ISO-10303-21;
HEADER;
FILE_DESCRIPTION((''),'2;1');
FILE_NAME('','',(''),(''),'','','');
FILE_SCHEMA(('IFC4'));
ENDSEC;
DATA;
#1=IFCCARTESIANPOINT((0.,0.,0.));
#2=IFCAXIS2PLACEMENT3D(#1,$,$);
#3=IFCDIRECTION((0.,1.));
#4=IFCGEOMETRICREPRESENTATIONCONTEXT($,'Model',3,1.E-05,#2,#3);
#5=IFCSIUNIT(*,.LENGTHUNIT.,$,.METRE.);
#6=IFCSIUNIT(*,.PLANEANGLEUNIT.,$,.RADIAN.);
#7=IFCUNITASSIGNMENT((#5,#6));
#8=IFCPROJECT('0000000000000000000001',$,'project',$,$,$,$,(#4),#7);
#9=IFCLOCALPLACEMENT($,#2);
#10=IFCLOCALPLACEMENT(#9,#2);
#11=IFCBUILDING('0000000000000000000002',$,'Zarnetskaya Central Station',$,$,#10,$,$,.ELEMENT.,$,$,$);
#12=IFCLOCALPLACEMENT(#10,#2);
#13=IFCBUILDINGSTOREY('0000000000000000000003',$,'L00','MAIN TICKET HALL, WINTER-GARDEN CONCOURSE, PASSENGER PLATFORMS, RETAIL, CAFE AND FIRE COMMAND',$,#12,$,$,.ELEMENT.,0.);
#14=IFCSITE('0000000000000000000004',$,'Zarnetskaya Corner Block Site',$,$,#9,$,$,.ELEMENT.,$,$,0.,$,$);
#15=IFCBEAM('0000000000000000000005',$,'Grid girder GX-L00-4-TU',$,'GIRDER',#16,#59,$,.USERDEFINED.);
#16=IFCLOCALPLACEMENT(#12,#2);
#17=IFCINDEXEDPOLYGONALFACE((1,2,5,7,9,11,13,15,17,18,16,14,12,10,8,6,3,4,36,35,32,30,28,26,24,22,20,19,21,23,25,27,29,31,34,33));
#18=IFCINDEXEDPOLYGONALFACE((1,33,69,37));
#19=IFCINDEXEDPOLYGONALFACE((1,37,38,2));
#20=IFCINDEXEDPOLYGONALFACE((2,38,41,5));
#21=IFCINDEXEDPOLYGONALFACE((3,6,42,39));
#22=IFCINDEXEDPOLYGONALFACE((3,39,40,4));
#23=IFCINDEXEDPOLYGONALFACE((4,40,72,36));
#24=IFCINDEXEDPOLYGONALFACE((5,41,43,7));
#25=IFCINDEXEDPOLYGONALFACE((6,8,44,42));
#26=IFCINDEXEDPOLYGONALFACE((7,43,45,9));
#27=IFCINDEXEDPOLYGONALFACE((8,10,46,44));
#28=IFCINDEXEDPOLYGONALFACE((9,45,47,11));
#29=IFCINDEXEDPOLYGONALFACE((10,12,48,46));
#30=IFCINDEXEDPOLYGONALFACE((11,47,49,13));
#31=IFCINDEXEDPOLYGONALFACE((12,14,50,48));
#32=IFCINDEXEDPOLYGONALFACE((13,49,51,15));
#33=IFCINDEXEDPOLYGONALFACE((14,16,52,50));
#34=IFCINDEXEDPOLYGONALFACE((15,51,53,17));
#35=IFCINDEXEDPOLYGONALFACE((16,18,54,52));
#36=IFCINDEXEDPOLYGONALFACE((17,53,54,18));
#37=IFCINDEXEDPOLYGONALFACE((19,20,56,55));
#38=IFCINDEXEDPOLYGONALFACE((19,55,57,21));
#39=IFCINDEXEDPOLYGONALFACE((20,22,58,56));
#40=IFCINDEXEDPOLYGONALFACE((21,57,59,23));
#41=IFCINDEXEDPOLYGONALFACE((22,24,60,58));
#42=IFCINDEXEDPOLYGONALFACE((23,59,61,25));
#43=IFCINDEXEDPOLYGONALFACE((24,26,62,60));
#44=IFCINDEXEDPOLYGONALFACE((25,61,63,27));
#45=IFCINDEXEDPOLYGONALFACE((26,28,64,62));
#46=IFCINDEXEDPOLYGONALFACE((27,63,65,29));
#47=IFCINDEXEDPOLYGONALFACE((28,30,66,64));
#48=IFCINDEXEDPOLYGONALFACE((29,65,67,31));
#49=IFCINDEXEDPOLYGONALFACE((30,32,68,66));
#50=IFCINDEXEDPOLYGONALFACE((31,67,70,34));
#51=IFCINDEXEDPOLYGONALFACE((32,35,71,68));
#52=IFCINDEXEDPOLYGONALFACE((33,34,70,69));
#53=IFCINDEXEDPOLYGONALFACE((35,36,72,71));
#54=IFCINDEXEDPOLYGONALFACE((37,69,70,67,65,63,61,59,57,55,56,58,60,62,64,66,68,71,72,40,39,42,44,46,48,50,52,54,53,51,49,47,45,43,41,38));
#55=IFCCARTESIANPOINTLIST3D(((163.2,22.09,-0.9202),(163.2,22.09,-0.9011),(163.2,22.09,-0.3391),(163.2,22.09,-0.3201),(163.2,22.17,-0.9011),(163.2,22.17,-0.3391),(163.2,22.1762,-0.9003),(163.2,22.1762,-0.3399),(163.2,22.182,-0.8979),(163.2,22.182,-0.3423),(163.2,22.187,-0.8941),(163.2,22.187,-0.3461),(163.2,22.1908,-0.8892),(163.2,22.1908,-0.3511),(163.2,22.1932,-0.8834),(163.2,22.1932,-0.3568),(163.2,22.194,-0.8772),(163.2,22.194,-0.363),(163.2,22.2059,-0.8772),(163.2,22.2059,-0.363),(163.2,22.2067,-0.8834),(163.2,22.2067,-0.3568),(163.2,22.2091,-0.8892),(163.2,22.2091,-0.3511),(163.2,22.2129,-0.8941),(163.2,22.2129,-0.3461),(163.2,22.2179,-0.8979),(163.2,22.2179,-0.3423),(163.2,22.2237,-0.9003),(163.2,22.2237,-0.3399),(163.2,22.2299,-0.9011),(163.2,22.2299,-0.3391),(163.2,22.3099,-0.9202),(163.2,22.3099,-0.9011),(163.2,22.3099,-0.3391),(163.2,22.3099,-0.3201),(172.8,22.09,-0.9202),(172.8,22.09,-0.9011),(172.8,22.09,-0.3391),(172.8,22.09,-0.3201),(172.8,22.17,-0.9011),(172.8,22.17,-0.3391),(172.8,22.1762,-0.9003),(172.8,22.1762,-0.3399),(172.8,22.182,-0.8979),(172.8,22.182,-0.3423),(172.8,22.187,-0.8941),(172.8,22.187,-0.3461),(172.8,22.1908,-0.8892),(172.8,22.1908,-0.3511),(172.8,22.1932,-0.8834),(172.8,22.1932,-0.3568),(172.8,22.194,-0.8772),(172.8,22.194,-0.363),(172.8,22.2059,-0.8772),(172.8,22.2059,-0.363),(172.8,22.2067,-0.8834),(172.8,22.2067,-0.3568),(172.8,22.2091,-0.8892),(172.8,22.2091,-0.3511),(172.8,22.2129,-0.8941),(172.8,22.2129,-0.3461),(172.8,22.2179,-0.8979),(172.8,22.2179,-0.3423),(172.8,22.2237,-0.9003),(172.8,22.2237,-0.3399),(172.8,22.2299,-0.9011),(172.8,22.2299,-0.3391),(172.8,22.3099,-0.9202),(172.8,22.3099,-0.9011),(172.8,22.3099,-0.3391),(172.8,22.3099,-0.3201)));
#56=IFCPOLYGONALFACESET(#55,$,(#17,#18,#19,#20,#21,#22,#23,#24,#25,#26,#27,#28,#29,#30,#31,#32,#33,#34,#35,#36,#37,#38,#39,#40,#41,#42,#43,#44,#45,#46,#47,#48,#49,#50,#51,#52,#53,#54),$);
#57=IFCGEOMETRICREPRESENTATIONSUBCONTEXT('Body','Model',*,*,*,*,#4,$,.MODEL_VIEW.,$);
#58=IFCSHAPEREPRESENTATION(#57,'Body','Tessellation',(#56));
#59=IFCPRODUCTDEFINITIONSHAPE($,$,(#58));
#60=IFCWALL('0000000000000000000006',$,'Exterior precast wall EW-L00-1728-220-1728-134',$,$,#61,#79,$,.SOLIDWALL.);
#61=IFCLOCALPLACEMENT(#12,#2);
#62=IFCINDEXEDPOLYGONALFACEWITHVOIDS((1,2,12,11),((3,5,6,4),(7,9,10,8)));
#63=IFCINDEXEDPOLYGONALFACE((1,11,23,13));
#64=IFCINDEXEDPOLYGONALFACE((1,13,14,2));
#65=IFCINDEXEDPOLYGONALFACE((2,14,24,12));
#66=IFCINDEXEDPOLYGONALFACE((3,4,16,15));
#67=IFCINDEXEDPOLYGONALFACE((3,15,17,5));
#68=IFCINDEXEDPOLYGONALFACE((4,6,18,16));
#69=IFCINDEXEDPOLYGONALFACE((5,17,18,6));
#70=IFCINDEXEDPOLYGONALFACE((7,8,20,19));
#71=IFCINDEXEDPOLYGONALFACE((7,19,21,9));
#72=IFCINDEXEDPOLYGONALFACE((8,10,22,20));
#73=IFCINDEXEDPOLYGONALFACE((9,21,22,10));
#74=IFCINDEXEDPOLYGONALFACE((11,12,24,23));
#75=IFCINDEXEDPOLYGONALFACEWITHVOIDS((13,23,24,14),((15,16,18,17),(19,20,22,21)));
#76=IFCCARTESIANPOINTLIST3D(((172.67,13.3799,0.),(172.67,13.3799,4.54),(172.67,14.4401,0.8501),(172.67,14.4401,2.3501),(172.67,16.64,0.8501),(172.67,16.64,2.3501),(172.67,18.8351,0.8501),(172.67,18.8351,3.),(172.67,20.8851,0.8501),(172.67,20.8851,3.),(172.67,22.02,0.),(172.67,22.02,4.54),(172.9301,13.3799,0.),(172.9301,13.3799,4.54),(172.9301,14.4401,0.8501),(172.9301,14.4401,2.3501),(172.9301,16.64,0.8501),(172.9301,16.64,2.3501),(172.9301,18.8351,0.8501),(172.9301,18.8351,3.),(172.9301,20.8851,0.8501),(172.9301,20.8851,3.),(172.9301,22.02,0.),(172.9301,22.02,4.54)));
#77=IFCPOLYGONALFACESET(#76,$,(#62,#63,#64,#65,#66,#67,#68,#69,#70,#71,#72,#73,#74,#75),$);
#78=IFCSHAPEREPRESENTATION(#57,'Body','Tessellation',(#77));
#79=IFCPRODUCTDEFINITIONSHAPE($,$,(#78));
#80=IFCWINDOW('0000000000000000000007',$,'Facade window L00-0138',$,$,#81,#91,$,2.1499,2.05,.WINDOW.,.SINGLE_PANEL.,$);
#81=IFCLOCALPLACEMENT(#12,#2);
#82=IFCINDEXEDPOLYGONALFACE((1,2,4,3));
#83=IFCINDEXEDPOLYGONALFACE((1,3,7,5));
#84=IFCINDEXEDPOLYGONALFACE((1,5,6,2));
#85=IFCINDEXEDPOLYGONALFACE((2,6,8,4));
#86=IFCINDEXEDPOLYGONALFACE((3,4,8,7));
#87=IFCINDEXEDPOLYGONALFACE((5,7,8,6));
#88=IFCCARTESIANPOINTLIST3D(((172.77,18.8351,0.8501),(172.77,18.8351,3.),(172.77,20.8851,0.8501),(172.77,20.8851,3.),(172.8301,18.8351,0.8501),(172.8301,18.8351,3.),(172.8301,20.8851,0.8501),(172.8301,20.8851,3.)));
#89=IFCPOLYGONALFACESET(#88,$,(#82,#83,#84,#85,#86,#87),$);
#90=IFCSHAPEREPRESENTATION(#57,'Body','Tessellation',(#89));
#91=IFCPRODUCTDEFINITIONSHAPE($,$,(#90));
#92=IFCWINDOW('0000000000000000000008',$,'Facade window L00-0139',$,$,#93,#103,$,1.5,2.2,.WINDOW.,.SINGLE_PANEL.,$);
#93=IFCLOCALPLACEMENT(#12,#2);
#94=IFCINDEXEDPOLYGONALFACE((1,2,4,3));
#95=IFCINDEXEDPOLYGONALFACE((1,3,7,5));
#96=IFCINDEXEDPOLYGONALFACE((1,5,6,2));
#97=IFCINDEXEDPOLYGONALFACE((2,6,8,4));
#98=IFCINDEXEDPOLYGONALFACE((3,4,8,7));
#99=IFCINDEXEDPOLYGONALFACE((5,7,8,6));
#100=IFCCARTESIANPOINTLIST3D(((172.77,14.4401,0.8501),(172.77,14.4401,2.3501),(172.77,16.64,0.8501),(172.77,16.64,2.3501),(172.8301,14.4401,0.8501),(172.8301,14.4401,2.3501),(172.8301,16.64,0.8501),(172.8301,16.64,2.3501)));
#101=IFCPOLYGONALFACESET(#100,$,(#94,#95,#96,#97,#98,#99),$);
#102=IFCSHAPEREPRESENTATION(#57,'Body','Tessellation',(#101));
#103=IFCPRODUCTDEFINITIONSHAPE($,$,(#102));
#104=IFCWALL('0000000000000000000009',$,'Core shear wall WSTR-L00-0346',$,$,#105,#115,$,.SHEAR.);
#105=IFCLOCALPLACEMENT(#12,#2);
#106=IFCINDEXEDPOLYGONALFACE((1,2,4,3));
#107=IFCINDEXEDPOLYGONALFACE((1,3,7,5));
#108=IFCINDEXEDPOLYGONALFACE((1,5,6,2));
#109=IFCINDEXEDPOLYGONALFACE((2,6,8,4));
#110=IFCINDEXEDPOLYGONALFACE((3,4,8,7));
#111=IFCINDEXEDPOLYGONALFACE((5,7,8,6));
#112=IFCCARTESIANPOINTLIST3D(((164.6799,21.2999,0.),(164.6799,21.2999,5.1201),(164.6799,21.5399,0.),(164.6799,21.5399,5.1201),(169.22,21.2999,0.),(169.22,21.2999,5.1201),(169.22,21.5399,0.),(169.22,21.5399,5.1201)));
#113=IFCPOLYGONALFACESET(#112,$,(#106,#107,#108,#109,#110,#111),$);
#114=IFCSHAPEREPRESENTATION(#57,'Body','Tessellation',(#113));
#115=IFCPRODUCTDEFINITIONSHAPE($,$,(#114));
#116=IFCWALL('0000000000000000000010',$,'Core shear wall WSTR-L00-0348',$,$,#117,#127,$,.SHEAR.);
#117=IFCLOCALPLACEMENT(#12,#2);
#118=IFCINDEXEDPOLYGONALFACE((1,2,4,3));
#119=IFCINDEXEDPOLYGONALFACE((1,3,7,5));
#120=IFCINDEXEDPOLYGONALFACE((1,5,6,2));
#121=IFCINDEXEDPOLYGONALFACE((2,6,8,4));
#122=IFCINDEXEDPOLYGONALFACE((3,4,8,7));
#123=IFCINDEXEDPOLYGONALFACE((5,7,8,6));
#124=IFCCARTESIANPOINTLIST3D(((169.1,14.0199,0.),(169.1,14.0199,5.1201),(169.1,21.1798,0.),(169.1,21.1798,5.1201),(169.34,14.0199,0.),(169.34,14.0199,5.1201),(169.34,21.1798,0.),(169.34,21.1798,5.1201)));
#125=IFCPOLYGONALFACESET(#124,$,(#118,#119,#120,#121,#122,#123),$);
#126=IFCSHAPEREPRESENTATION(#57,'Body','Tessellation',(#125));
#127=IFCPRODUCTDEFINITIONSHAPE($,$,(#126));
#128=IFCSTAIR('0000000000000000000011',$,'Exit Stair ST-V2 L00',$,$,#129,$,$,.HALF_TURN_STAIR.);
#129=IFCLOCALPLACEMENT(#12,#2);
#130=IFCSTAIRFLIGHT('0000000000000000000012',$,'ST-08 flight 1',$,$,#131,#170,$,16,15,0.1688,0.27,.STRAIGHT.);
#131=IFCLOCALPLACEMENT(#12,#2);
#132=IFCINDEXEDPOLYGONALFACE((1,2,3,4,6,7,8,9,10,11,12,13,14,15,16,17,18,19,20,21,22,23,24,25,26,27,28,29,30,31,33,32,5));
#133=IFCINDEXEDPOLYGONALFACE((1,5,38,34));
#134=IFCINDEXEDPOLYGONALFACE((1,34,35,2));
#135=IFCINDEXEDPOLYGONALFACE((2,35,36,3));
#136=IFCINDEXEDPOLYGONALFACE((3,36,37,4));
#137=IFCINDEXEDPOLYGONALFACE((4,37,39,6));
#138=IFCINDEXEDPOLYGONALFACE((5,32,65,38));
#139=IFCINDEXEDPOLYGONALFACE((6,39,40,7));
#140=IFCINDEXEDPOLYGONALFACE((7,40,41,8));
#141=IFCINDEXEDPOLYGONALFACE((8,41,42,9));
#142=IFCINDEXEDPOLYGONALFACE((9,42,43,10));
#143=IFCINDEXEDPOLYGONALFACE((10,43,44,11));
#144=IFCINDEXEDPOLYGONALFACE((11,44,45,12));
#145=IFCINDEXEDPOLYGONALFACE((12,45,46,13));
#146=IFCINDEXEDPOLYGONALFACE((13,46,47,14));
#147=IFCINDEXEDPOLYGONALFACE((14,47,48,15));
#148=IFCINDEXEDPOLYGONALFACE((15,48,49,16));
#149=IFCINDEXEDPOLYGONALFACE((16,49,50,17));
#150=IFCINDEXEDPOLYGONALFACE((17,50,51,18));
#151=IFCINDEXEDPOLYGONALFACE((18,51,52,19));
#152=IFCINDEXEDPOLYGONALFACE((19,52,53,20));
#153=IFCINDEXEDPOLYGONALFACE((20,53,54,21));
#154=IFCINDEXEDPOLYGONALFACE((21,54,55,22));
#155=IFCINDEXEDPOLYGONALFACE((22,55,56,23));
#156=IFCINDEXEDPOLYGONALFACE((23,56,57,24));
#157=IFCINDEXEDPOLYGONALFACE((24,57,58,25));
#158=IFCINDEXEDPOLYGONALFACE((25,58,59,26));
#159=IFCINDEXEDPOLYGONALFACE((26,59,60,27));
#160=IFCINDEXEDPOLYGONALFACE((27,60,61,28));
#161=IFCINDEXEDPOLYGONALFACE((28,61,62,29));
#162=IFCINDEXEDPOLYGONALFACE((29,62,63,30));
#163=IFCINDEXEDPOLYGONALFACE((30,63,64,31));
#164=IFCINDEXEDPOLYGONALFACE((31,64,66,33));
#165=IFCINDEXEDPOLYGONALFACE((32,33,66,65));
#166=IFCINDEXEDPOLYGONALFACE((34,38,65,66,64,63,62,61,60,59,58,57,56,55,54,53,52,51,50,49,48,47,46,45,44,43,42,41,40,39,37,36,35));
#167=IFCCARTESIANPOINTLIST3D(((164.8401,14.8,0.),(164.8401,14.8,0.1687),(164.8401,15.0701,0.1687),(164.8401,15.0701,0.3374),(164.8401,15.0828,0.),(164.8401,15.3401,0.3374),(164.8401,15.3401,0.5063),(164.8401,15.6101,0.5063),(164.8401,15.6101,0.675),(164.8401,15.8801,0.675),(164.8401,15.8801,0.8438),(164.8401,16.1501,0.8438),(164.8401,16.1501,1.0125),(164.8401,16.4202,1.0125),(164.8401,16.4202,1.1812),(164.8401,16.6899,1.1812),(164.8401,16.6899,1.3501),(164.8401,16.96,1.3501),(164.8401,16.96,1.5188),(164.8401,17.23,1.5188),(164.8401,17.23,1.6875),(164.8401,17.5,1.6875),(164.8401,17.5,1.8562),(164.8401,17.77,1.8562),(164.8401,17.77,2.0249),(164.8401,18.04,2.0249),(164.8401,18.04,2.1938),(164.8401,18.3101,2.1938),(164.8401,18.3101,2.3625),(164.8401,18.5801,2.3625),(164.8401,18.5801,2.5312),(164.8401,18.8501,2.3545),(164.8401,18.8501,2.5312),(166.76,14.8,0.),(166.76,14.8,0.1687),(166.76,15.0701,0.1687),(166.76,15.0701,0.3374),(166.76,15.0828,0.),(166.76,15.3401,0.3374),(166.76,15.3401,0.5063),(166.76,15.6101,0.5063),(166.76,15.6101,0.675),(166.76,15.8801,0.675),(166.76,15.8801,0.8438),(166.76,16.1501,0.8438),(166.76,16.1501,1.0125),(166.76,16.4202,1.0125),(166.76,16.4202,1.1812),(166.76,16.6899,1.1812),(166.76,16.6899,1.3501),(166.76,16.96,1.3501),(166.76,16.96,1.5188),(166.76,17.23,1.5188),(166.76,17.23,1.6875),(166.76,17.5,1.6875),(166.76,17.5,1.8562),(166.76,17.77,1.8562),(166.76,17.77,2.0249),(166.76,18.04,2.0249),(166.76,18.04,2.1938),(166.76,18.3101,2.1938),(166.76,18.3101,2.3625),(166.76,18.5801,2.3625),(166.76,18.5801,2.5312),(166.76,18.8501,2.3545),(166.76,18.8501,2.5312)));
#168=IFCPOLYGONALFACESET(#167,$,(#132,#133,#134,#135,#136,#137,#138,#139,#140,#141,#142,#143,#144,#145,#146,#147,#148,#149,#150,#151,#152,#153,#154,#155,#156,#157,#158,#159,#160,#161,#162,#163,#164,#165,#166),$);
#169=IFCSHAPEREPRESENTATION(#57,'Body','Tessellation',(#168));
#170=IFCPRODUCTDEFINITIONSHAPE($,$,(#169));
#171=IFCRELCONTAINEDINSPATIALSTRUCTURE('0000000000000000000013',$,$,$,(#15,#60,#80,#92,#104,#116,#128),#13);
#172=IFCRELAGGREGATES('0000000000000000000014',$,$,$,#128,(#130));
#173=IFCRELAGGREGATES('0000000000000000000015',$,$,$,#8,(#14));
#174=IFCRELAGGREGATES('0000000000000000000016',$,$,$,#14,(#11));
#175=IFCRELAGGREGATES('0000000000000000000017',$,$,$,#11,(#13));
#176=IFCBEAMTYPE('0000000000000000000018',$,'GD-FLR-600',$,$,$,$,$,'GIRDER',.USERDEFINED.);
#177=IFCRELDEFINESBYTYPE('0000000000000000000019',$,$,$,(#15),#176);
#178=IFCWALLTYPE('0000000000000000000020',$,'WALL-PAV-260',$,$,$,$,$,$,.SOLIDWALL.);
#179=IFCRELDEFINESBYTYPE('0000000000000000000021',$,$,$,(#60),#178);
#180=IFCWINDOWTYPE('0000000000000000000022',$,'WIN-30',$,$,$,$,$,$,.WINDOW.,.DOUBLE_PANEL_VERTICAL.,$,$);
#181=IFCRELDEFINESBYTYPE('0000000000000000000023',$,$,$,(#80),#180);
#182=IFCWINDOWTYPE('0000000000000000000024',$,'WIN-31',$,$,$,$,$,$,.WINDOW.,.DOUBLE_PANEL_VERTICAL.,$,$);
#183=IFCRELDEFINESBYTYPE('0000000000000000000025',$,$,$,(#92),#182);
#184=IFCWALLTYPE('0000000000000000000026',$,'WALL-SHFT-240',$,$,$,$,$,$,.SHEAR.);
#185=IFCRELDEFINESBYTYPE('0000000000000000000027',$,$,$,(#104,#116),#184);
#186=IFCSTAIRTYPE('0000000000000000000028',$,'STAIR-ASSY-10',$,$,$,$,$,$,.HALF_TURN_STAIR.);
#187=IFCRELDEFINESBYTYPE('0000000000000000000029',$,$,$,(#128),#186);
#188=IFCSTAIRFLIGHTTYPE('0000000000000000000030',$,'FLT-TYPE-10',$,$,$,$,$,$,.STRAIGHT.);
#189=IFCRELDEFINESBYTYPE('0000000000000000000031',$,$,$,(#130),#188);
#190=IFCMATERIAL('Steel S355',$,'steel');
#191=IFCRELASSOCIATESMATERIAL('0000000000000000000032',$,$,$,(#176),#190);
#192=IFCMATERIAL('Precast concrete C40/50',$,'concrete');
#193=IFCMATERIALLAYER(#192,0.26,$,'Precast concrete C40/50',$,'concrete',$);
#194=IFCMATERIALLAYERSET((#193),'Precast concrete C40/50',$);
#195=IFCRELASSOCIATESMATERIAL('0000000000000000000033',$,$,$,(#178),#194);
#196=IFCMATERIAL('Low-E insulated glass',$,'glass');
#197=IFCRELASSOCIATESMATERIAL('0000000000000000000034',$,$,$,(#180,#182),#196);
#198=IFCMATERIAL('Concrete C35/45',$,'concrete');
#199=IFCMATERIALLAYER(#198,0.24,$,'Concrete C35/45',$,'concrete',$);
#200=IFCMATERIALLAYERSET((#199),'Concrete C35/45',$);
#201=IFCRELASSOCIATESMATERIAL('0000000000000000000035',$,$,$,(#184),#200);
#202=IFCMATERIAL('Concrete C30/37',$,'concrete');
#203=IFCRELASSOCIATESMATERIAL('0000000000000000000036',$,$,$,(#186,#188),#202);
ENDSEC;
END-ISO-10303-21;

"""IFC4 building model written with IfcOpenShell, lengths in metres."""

from ifc_helpers import new_model, si_unit, direction, frame, frame_2d, origin, origin_2d, place, context, subcontext, project, spatial, polyline, rectangle, i_section, outline, extrude, material, layer, layer_set, material_profile, profile_set, type_object, element, fill, aggregate, save


model = new_model("IFC4")

# Units and contexts
model_context = context("Model", 3, precision=1e-05, world=origin(), true_north=direction((0.0, 1.0)))
body_context = subcontext(model_context, "Body", "Model", "MODEL_VIEW")
ifc_project = project(units=[si_unit("LENGTHUNIT", "METRE"), si_unit("PLANEANGLEUNIT", "RADIAN")], contexts=[model_context])

# Site, building, storey
site_placement = place(None, origin())
site = spatial("IfcSite", under=ifc_project, at=site_placement, Name="Zarnetskaya Corner Block Site", CompositionType="ELEMENT", RefElevation=0.0)
building_placement = place(site_placement, origin())
building = spatial("IfcBuilding", under=site, at=building_placement, Name="Zarnetskaya Central Station", CompositionType="ELEMENT")
storey_placement = place(building_placement, origin())
storey = spatial("IfcBuildingStorey", under=building, at=storey_placement, Name="L00", Description="MAIN TICKET HALL, WINTER-GARDEN CONCOURSE, PASSENGER PLATFORMS, RETAIL, CAFE AND FIRE COMMAND", CompositionType="ELEMENT", Elevation=0.0)

# Shared definitions
ifc_material_1 = material(Name="Steel S355", Category="steel")

# Shared definitions
ifc_material_2 = material(Name="Low-E insulated glass", Category="glass")

# Beam
ifc_material_profile_1 = material_profile(ifc_material_1, i_section(OverallWidth=0.22, OverallDepth=0.6001, WebThickness=0.012, FlangeThickness=0.019, FilletRadius=0.0239, at=origin_2d()), Name="IPE 600")
ifc_profile_set_1 = profile_set([ifc_material_profile_1], Name="Steel S355")
beam_type_1 = type_object("IfcBeamType", Name="GD-FLR-600", ElementType="GIRDER", PredefinedType="USERDEFINED", material=ifc_profile_set_1)
beam_placement = place(storey_placement, frame((163.2, 22.2, -0.6201), z_axis=(1.0, 0.0, 0.0), x_axis=(0.0, 1.0, 0.0)))
element("IfcBeam", 1, at=beam_placement, inside=storey, type_object=beam_type_1, Name="Grid girder GX-L00-4-TU", ObjectType="GIRDER", PredefinedType="USERDEFINED", context=body_context, shape_type="SweptSolid", body=[
    extrude(i_section(OverallWidth=0.22, OverallDepth=0.6001, WebThickness=0.012, FlangeThickness=0.019, FilletRadius=0.0239, at=origin_2d()), origin(), (0.0, 0.0, 1.0), 9.6001),
])

# Wall, openings, windows
ifc_material_3 = material(Name="Precast concrete C40/50", Category="concrete")
ifc_layer_1 = layer(ifc_material_3, 0.26, Name="Precast concrete C40/50", Category="concrete")
ifc_layer_set_1 = layer_set([ifc_layer_1], Name="Precast concrete C40/50")
wall_type_1 = type_object("IfcWallType", Name="WALL-PAV-260", PredefinedType="SOLIDWALL", material=ifc_layer_set_1)
wall_1_placement = place(storey_placement, frame((172.8, 22.02, 0.0), z_axis=(0.0, 0.0, 1.0), x_axis=(0.0, -1.0, 0.0)))
wall_1 = element("IfcWall", 2, at=wall_1_placement, inside=storey, type_object=wall_type_1, Name="Exterior precast wall EW-L00-1728-220-1728-134", PredefinedType="SOLIDWALL", context=body_context, shape_type="SweptSolid", body=[
    extrude(rectangle(XDim=8.6401, YDim=0.26, at=frame_2d((4.3201, 0.0))), origin(), (0.0, 0.0, 1.0), 4.54),
])
opening_1_placement = place(wall_1_placement, frame((1.135, 0.0, 0.8501)))
opening_1 = element("IfcOpeningElement", 3, at=opening_1_placement, cuts=wall_1, PredefinedType="OPENING", context=body_context, shape_type="SweptSolid", body=[
    extrude(rectangle(XDim=2.05, YDim=2.1499, at=frame_2d((1.0249, 1.075))), frame((0.0, 0.1401, 0.0), z_axis=(0.0, -1.0, 0.0), x_axis=(1.0, 0.0, 0.0)), (0.0, 0.0, 1.0), 0.28),
])
opening_2_placement = place(wall_1_placement, frame((5.3799, 0.0, 0.8501)))
opening_2 = element("IfcOpeningElement", 4, at=opening_2_placement, cuts=wall_1, PredefinedType="OPENING", context=body_context, shape_type="SweptSolid", body=[
    extrude(rectangle(XDim=2.2, YDim=1.5, at=frame_2d((1.1001, 0.75))), frame((0.0, 0.1401, 0.0), z_axis=(0.0, -1.0, 0.0), x_axis=(1.0, 0.0, 0.0)), (0.0, 0.0, 1.0), 0.28),
])
window_type_1 = type_object("IfcWindowType", Name="WIN-30", PartitioningType="DOUBLE_PANEL_VERTICAL", PredefinedType="WINDOW", material=ifc_material_2)
window_1_placement = place(opening_1_placement, origin())
window_1 = element("IfcWindow", 5, at=window_1_placement, inside=storey, type_object=window_type_1, Name="Facade window L00-0138", OverallHeight=2.1499, OverallWidth=2.05, PartitioningType="SINGLE_PANEL", PredefinedType="WINDOW", context=body_context, shape_type="SweptSolid", body=[
    extrude(rectangle(XDim=2.05, YDim=2.1499, at=frame_2d((1.0249, 1.075))), frame((0.0, 0.03, 0.0), z_axis=(0.0, -1.0, 0.0), x_axis=(1.0, 0.0, 0.0)), (0.0, 0.0, 1.0), 0.0601),
])
fill(opening_1, window_1)
window_type_2 = type_object("IfcWindowType", Name="WIN-31", PartitioningType="DOUBLE_PANEL_VERTICAL", PredefinedType="WINDOW", material=ifc_material_2)
window_2_placement = place(opening_2_placement, origin())
window_2 = element("IfcWindow", 6, at=window_2_placement, inside=storey, type_object=window_type_2, Name="Facade window L00-0139", OverallHeight=1.5, OverallWidth=2.2, PartitioningType="SINGLE_PANEL", PredefinedType="WINDOW", context=body_context, shape_type="SweptSolid", body=[
    extrude(rectangle(XDim=2.2, YDim=1.5, at=frame_2d((1.1001, 0.75))), frame((0.0, 0.03, 0.0), z_axis=(0.0, -1.0, 0.0), x_axis=(1.0, 0.0, 0.0)), (0.0, 0.0, 1.0), 0.0601),
])
fill(opening_2, window_2)

# Walls
ifc_material_4 = material(Name="Concrete C35/45", Category="concrete")
ifc_layer_2 = layer(ifc_material_4, 0.24, Name="Concrete C35/45", Category="concrete")
ifc_layer_set_2 = layer_set([ifc_layer_2], Name="Concrete C35/45")
wall_type_2 = type_object("IfcWallType", Name="WALL-SHFT-240", PredefinedType="SHEAR", material=ifc_layer_set_2)
wall_2_placement = place(storey_placement, frame((164.6799, 21.4199, 0.0), z_axis=(0.0, 0.0, 1.0), x_axis=(1.0, 0.0, 0.0)))
element("IfcWall", 7, at=wall_2_placement, inside=storey, type_object=wall_type_2, Name="Core shear wall WSTR-L00-0346", PredefinedType="SHEAR", context=body_context, shape_type="SweptSolid", body=[
    extrude(rectangle(XDim=4.54, YDim=0.24, at=frame_2d((2.27, 0.0))), origin(), (0.0, 0.0, 1.0), 5.1201),
])
wall_3_placement = place(storey_placement, frame((169.22, 21.1799, 0.0), z_axis=(0.0, 0.0, 1.0), x_axis=(0.0, -1.0, 0.0)))
element("IfcWall", 8, at=wall_3_placement, inside=storey, type_object=wall_type_2, Name="Core shear wall WSTR-L00-0348", PredefinedType="SHEAR", context=body_context, shape_type="SweptSolid", body=[
    extrude(rectangle(XDim=7.1599, YDim=0.24, at=frame_2d((3.5801, 0.0))), origin(), (0.0, 0.0, 1.0), 5.1201),
])

# Stair, stair flight
ifc_material_5 = material(Name="Concrete C30/37", Category="concrete")
stair_type = type_object("IfcStairType", Name="STAIR-ASSY-10", PredefinedType="HALF_TURN_STAIR", material=ifc_material_5)
stair_placement = place(storey_placement, origin())
stair = element("IfcStair", 9, at=stair_placement, inside=storey, type_object=stair_type, Name="Exit Stair ST-V2 L00", PredefinedType="HALF_TURN_STAIR")
stair_flight_type = type_object("IfcStairFlightType", Name="FLT-TYPE-10", PredefinedType="STRAIGHT", material=ifc_material_5)
stair_flight_1_placement = place(storey_placement, frame((165.8, 14.8, 0.0), z_axis=(0.0, 0.0, 1.0), x_axis=(0.0, 1.0, 0.0)))
stair_flight_1 = element("IfcStairFlight", 10, at=stair_flight_1_placement, type_object=stair_flight_type, Name="ST-08 flight 1", NumberOfRisers=16, NumberOfTreads=15, PredefinedType="STRAIGHT", RiserHeight=0.1688, TreadLength=0.27, context=body_context, shape_type="SweptSolid", body=[
    extrude(outline(polyline([(0.0, 0.0), (0.0, 0.1687), (0.27, 0.1687), (0.27, 0.3374), (0.54, 0.3374), (0.54, 0.5063), (0.8101, 0.5063), (0.8101, 0.675), (1.0801, 0.675), (1.0801, 0.8438), (1.3501, 0.8438), (1.3501, 1.0125), (1.6201, 1.0125), (1.6201, 1.1812), (1.8899, 1.1812), (1.8899, 1.3501), (2.1599, 1.3501), (2.1599, 1.5188), (2.4299, 1.5188), (2.4299, 1.6875), (2.7, 1.6875), (2.7, 1.8562), (2.97, 1.8562), (2.97, 2.0249), (3.24, 2.0249), (3.24, 2.1938), (3.51, 2.1938), (3.51, 2.3625), (3.78, 2.3625), (3.78, 2.5312), (4.05, 2.5312), (4.05, 2.7), (4.05, 2.3545), (0.2827, 0.0), (0.0, 0.0)])), frame((0.0, 0.96, 0.0), z_axis=(0.0, -1.0, 0.0), x_axis=(1.0, 0.0, 0.0)), (0.0, 0.0, 1.0), 1.9199),
])
aggregate(stair, [stair_flight_1])

save(model, "model.ifc")
